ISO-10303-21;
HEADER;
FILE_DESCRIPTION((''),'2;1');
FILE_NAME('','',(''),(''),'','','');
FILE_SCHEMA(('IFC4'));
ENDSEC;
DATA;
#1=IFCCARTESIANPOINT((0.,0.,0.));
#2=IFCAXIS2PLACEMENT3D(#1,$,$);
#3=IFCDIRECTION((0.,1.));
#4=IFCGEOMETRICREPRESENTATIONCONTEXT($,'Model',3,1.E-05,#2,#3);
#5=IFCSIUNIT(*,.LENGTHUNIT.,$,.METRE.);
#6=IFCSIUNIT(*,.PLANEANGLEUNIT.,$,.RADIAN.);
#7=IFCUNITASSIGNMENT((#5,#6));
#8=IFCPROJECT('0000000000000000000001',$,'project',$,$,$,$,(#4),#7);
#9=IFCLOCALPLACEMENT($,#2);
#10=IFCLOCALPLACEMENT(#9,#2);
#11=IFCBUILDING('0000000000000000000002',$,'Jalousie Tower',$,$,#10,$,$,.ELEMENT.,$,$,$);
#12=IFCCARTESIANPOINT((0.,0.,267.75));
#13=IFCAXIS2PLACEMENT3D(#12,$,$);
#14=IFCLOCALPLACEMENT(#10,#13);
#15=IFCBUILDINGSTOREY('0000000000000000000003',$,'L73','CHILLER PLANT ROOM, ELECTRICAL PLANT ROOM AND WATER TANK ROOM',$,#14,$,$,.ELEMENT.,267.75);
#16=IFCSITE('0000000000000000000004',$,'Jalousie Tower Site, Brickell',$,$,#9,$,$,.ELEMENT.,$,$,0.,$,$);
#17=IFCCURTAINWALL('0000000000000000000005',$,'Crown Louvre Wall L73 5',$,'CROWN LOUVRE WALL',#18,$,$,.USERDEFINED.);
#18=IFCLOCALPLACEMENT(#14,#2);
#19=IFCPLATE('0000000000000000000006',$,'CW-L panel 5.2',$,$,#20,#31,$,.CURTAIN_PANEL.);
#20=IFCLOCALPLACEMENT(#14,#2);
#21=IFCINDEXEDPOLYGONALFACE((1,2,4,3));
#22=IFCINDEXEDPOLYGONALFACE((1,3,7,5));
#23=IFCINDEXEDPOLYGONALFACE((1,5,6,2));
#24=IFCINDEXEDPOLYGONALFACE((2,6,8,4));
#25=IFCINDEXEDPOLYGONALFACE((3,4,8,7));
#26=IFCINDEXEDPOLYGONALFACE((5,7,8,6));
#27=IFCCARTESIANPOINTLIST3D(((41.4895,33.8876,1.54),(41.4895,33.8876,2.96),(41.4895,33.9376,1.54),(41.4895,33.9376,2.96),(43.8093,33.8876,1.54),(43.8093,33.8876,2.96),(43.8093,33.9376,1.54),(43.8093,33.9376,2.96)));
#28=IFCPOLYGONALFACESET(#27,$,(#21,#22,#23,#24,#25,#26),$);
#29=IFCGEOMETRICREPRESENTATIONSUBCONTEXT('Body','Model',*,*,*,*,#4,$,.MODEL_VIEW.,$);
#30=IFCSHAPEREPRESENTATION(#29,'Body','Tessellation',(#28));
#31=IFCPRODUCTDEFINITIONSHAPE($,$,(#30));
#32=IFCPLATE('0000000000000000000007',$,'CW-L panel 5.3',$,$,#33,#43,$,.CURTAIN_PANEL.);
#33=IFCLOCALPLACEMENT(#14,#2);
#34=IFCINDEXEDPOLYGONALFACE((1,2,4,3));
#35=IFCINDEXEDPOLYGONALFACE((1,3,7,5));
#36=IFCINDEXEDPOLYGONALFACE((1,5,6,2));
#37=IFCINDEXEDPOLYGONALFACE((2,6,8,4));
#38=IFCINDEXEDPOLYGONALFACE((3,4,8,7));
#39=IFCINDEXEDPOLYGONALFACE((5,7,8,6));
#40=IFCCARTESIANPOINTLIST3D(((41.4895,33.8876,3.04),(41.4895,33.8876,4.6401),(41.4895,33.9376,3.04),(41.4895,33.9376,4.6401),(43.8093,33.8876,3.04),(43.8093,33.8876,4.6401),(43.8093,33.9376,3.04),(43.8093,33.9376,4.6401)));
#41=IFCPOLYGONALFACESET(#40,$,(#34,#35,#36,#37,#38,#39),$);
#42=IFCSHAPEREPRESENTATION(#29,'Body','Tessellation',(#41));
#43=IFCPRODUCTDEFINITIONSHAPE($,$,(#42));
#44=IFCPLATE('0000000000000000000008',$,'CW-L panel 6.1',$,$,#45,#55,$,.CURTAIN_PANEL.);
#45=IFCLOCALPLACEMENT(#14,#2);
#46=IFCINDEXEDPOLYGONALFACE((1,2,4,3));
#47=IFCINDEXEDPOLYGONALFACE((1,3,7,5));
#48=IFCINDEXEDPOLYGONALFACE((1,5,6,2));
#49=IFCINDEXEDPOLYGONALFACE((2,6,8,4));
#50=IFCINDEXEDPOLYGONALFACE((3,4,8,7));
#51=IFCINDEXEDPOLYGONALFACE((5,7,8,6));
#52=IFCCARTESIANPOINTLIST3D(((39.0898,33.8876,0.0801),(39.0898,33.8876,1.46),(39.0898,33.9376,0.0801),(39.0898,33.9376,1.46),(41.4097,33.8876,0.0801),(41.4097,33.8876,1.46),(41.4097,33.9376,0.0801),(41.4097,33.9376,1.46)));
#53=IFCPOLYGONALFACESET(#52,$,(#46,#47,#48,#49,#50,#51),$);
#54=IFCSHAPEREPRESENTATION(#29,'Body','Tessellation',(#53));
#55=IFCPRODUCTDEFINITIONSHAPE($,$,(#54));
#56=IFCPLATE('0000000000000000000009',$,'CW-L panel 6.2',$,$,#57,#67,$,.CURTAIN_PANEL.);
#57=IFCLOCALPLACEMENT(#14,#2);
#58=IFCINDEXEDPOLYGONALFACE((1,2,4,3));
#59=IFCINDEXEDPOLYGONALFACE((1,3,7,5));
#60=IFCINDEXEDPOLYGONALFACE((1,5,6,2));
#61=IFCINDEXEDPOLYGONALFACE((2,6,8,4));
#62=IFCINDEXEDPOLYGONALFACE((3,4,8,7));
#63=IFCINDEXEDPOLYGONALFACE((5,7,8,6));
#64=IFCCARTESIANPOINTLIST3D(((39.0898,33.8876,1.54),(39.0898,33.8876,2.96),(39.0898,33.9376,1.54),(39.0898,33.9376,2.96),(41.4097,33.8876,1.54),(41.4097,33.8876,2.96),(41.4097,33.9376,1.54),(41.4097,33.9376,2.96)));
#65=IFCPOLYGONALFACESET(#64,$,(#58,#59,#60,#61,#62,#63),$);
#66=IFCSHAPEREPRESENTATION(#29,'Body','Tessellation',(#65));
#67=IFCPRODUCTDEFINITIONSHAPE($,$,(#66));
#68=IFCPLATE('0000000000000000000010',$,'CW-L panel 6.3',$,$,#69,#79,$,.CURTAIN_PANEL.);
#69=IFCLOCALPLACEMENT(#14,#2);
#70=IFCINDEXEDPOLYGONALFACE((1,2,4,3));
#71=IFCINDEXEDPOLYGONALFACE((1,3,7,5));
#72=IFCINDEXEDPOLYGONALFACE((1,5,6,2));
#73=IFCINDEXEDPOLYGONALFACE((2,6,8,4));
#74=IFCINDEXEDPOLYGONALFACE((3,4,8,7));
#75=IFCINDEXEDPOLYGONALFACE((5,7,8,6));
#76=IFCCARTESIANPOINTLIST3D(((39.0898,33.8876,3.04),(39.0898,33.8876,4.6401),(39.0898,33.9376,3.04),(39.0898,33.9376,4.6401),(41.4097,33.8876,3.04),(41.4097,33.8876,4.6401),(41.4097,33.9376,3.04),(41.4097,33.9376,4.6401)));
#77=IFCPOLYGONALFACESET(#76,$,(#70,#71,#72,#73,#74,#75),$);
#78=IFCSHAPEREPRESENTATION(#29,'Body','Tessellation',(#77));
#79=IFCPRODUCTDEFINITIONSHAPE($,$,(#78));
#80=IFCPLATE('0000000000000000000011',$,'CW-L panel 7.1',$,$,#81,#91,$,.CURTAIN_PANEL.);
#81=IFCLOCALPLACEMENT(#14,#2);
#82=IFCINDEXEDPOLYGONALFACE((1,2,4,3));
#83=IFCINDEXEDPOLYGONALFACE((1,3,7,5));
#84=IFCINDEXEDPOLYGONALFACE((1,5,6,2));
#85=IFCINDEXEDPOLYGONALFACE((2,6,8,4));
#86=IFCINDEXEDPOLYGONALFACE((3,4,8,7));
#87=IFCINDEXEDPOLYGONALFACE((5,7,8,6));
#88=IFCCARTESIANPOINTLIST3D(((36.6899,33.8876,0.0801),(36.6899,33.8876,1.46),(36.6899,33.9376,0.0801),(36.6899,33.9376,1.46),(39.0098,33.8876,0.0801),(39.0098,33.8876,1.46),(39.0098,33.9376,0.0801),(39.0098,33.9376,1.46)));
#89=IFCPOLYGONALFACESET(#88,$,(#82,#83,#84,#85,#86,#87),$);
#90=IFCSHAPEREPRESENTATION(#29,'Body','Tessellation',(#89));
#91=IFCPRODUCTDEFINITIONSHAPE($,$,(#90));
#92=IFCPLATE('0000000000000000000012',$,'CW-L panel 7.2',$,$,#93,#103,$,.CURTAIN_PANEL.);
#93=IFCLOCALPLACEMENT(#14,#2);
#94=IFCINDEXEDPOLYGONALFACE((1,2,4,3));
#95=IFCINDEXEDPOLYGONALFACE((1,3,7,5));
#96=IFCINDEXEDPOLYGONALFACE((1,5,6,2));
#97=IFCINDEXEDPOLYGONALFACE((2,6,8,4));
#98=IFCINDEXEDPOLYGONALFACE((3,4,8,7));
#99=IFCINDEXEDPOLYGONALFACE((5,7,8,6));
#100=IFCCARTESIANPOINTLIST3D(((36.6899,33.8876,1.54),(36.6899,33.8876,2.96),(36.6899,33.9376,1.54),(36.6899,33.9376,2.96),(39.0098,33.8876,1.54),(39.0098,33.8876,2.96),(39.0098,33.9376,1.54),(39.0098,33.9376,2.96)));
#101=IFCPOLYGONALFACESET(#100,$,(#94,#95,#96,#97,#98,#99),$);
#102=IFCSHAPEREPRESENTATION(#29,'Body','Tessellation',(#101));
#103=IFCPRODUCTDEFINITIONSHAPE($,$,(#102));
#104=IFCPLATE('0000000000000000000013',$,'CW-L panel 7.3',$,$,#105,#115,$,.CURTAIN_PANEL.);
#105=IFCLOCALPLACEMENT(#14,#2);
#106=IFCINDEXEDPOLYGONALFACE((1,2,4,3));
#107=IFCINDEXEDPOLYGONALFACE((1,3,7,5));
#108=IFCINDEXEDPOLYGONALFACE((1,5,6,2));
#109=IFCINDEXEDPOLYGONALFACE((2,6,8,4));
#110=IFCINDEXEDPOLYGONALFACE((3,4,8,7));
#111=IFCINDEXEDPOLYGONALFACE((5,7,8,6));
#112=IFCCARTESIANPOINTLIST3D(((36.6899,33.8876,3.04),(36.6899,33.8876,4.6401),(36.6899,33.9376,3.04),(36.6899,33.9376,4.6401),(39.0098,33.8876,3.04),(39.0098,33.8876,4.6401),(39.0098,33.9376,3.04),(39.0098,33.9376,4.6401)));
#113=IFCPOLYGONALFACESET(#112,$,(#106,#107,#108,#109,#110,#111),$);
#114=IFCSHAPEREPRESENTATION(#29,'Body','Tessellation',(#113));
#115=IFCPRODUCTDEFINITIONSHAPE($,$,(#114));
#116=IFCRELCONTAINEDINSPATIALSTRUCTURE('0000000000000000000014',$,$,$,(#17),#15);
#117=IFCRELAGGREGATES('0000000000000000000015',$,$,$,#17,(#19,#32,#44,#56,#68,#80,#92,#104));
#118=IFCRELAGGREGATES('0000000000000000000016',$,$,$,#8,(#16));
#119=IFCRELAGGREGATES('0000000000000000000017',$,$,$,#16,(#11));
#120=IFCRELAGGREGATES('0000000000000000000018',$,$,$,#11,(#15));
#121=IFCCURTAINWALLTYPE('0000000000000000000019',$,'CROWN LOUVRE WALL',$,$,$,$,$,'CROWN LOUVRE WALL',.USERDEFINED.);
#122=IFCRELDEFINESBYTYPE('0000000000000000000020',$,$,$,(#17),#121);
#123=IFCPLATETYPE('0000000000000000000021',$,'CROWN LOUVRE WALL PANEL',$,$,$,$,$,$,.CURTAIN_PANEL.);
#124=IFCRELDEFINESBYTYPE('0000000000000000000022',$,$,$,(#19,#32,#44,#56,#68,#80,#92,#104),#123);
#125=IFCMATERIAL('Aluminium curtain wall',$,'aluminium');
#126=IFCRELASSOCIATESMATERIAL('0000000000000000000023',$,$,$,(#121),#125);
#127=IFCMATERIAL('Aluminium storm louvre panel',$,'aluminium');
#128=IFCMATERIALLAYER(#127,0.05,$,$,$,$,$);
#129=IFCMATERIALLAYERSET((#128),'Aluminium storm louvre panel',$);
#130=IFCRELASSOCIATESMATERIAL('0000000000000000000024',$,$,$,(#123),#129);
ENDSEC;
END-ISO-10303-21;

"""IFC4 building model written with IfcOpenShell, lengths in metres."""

from ifc_helpers import new_model, si_unit, direction, frame, origin, origin_2d, place, context, subcontext, project, spatial, rectangle, extrude, material, layer, layer_set, type_object, element, aggregate, save


model = new_model("IFC4")

# Units and contexts
model_context = context("Model", 3, precision=1e-05, world=origin(), true_north=direction((0.0, 1.0)))
body_context = subcontext(model_context, "Body", "Model", "MODEL_VIEW")
ifc_project = project(units=[si_unit("LENGTHUNIT", "METRE"), si_unit("PLANEANGLEUNIT", "RADIAN")], contexts=[model_context])

# Site, building, storey
site_placement = place(None, origin())
site = spatial("IfcSite", under=ifc_project, at=site_placement, Name="Jalousie Tower Site, Brickell", CompositionType="ELEMENT", RefElevation=0.0)
building_placement = place(site_placement, origin())
building = spatial("IfcBuilding", under=site, at=building_placement, Name="Jalousie Tower", CompositionType="ELEMENT")
storey_placement = place(building_placement, frame((0.0, 0.0, 267.75)))
storey = spatial("IfcBuildingStorey", under=building, at=storey_placement, Name="L73", Description="CHILLER PLANT ROOM, ELECTRICAL PLANT ROOM AND WATER TANK ROOM", CompositionType="ELEMENT", Elevation=267.75)

# Curtain wall, plates
ifc_material_1 = material(Name="Aluminium curtain wall", Category="aluminium")
curtain_wall_type = type_object("IfcCurtainWallType", Name="CROWN LOUVRE WALL", ElementType="CROWN LOUVRE WALL", PredefinedType="USERDEFINED", material=ifc_material_1)
curtain_wall_placement = place(storey_placement, origin())
curtain_wall = element("IfcCurtainWall", 1, at=curtain_wall_placement, inside=storey, type_object=curtain_wall_type, Name="Crown Louvre Wall L73 5", ObjectType="CROWN LOUVRE WALL", PredefinedType="USERDEFINED")
ifc_material_2 = material(Name="Aluminium storm louvre panel", Category="aluminium")
ifc_layer = layer(ifc_material_2, 0.05)
ifc_layer_set = layer_set([ifc_layer], Name="Aluminium storm louvre panel")
plate_type = type_object("IfcPlateType", Name="CROWN LOUVRE WALL PANEL", PredefinedType="CURTAIN_PANEL", material=ifc_layer_set)
plate_1_placement = place(storey_placement, frame((42.6494, 33.9126, 1.54), z_axis=(0.0, 0.0, 1.0), x_axis=(-1.0, 0.0, 0.0)))
plate_1 = element("IfcPlate", 2, at=plate_1_placement, type_object=plate_type, Name="CW-L panel 5.2", PredefinedType="CURTAIN_PANEL", context=body_context, shape_type="SweptSolid", body=[
    extrude(rectangle(XDim=2.3198, YDim=0.05, at=origin_2d()), origin(), (0.0, 0.0, 1.0), 1.4199),
])
plate_2_placement = place(storey_placement, frame((42.6494, 33.9126, 3.04), z_axis=(0.0, 0.0, 1.0), x_axis=(-1.0, 0.0, 0.0)))
plate_2 = element("IfcPlate", 3, at=plate_2_placement, type_object=plate_type, Name="CW-L panel 5.3", PredefinedType="CURTAIN_PANEL", context=body_context, shape_type="SweptSolid", body=[
    extrude(rectangle(XDim=2.3198, YDim=0.05, at=origin_2d()), origin(), (0.0, 0.0, 1.0), 1.6001),
])
plate_3_placement = place(storey_placement, frame((40.2498, 33.9126, 0.0801), z_axis=(0.0, 0.0, 1.0), x_axis=(-1.0, 0.0, 0.0)))
plate_3 = element("IfcPlate", 4, at=plate_3_placement, type_object=plate_type, Name="CW-L panel 6.1", PredefinedType="CURTAIN_PANEL", context=body_context, shape_type="SweptSolid", body=[
    extrude(rectangle(XDim=2.3198, YDim=0.05, at=origin_2d()), origin(), (0.0, 0.0, 1.0), 1.3799),
])
plate_4_placement = place(storey_placement, frame((40.2498, 33.9126, 1.54), z_axis=(0.0, 0.0, 1.0), x_axis=(-1.0, 0.0, 0.0)))
plate_4 = element("IfcPlate", 5, at=plate_4_placement, type_object=plate_type, Name="CW-L panel 6.2", PredefinedType="CURTAIN_PANEL", context=body_context, shape_type="SweptSolid", body=[
    extrude(rectangle(XDim=2.3198, YDim=0.05, at=origin_2d()), origin(), (0.0, 0.0, 1.0), 1.4199),
])
plate_5_placement = place(storey_placement, frame((40.2498, 33.9126, 3.04), z_axis=(0.0, 0.0, 1.0), x_axis=(-1.0, 0.0, 0.0)))
plate_5 = element("IfcPlate", 6, at=plate_5_placement, type_object=plate_type, Name="CW-L panel 6.3", PredefinedType="CURTAIN_PANEL", context=body_context, shape_type="SweptSolid", body=[
    extrude(rectangle(XDim=2.3198, YDim=0.05, at=origin_2d()), origin(), (0.0, 0.0, 1.0), 1.6001),
])
plate_6_placement = place(storey_placement, frame((37.8499, 33.9126, 0.0801), z_axis=(0.0, 0.0, 1.0), x_axis=(-1.0, 0.0, 0.0)))
plate_6 = element("IfcPlate", 7, at=plate_6_placement, type_object=plate_type, Name="CW-L panel 7.1", PredefinedType="CURTAIN_PANEL", context=body_context, shape_type="SweptSolid", body=[
    extrude(rectangle(XDim=2.3198, YDim=0.05, at=origin_2d()), origin(), (0.0, 0.0, 1.0), 1.3799),
])
plate_7_placement = place(storey_placement, frame((37.8499, 33.9126, 1.54), z_axis=(0.0, 0.0, 1.0), x_axis=(-1.0, 0.0, 0.0)))
plate_7 = element("IfcPlate", 8, at=plate_7_placement, type_object=plate_type, Name="CW-L panel 7.2", PredefinedType="CURTAIN_PANEL", context=body_context, shape_type="SweptSolid", body=[
    extrude(rectangle(XDim=2.3198, YDim=0.05, at=origin_2d()), origin(), (0.0, 0.0, 1.0), 1.4199),
])
plate_8_placement = place(storey_placement, frame((37.8499, 33.9126, 3.04), z_axis=(0.0, 0.0, 1.0), x_axis=(-1.0, 0.0, 0.0)))
plate_8 = element("IfcPlate", 9, at=plate_8_placement, type_object=plate_type, Name="CW-L panel 7.3", PredefinedType="CURTAIN_PANEL", context=body_context, shape_type="SweptSolid", body=[
    extrude(rectangle(XDim=2.3198, YDim=0.05, at=origin_2d()), origin(), (0.0, 0.0, 1.0), 1.6001),
])
aggregate(curtain_wall, [plate_1, plate_2, plate_3, plate_4, plate_5, plate_6, plate_7, plate_8])

save(model, "model.ifc")
